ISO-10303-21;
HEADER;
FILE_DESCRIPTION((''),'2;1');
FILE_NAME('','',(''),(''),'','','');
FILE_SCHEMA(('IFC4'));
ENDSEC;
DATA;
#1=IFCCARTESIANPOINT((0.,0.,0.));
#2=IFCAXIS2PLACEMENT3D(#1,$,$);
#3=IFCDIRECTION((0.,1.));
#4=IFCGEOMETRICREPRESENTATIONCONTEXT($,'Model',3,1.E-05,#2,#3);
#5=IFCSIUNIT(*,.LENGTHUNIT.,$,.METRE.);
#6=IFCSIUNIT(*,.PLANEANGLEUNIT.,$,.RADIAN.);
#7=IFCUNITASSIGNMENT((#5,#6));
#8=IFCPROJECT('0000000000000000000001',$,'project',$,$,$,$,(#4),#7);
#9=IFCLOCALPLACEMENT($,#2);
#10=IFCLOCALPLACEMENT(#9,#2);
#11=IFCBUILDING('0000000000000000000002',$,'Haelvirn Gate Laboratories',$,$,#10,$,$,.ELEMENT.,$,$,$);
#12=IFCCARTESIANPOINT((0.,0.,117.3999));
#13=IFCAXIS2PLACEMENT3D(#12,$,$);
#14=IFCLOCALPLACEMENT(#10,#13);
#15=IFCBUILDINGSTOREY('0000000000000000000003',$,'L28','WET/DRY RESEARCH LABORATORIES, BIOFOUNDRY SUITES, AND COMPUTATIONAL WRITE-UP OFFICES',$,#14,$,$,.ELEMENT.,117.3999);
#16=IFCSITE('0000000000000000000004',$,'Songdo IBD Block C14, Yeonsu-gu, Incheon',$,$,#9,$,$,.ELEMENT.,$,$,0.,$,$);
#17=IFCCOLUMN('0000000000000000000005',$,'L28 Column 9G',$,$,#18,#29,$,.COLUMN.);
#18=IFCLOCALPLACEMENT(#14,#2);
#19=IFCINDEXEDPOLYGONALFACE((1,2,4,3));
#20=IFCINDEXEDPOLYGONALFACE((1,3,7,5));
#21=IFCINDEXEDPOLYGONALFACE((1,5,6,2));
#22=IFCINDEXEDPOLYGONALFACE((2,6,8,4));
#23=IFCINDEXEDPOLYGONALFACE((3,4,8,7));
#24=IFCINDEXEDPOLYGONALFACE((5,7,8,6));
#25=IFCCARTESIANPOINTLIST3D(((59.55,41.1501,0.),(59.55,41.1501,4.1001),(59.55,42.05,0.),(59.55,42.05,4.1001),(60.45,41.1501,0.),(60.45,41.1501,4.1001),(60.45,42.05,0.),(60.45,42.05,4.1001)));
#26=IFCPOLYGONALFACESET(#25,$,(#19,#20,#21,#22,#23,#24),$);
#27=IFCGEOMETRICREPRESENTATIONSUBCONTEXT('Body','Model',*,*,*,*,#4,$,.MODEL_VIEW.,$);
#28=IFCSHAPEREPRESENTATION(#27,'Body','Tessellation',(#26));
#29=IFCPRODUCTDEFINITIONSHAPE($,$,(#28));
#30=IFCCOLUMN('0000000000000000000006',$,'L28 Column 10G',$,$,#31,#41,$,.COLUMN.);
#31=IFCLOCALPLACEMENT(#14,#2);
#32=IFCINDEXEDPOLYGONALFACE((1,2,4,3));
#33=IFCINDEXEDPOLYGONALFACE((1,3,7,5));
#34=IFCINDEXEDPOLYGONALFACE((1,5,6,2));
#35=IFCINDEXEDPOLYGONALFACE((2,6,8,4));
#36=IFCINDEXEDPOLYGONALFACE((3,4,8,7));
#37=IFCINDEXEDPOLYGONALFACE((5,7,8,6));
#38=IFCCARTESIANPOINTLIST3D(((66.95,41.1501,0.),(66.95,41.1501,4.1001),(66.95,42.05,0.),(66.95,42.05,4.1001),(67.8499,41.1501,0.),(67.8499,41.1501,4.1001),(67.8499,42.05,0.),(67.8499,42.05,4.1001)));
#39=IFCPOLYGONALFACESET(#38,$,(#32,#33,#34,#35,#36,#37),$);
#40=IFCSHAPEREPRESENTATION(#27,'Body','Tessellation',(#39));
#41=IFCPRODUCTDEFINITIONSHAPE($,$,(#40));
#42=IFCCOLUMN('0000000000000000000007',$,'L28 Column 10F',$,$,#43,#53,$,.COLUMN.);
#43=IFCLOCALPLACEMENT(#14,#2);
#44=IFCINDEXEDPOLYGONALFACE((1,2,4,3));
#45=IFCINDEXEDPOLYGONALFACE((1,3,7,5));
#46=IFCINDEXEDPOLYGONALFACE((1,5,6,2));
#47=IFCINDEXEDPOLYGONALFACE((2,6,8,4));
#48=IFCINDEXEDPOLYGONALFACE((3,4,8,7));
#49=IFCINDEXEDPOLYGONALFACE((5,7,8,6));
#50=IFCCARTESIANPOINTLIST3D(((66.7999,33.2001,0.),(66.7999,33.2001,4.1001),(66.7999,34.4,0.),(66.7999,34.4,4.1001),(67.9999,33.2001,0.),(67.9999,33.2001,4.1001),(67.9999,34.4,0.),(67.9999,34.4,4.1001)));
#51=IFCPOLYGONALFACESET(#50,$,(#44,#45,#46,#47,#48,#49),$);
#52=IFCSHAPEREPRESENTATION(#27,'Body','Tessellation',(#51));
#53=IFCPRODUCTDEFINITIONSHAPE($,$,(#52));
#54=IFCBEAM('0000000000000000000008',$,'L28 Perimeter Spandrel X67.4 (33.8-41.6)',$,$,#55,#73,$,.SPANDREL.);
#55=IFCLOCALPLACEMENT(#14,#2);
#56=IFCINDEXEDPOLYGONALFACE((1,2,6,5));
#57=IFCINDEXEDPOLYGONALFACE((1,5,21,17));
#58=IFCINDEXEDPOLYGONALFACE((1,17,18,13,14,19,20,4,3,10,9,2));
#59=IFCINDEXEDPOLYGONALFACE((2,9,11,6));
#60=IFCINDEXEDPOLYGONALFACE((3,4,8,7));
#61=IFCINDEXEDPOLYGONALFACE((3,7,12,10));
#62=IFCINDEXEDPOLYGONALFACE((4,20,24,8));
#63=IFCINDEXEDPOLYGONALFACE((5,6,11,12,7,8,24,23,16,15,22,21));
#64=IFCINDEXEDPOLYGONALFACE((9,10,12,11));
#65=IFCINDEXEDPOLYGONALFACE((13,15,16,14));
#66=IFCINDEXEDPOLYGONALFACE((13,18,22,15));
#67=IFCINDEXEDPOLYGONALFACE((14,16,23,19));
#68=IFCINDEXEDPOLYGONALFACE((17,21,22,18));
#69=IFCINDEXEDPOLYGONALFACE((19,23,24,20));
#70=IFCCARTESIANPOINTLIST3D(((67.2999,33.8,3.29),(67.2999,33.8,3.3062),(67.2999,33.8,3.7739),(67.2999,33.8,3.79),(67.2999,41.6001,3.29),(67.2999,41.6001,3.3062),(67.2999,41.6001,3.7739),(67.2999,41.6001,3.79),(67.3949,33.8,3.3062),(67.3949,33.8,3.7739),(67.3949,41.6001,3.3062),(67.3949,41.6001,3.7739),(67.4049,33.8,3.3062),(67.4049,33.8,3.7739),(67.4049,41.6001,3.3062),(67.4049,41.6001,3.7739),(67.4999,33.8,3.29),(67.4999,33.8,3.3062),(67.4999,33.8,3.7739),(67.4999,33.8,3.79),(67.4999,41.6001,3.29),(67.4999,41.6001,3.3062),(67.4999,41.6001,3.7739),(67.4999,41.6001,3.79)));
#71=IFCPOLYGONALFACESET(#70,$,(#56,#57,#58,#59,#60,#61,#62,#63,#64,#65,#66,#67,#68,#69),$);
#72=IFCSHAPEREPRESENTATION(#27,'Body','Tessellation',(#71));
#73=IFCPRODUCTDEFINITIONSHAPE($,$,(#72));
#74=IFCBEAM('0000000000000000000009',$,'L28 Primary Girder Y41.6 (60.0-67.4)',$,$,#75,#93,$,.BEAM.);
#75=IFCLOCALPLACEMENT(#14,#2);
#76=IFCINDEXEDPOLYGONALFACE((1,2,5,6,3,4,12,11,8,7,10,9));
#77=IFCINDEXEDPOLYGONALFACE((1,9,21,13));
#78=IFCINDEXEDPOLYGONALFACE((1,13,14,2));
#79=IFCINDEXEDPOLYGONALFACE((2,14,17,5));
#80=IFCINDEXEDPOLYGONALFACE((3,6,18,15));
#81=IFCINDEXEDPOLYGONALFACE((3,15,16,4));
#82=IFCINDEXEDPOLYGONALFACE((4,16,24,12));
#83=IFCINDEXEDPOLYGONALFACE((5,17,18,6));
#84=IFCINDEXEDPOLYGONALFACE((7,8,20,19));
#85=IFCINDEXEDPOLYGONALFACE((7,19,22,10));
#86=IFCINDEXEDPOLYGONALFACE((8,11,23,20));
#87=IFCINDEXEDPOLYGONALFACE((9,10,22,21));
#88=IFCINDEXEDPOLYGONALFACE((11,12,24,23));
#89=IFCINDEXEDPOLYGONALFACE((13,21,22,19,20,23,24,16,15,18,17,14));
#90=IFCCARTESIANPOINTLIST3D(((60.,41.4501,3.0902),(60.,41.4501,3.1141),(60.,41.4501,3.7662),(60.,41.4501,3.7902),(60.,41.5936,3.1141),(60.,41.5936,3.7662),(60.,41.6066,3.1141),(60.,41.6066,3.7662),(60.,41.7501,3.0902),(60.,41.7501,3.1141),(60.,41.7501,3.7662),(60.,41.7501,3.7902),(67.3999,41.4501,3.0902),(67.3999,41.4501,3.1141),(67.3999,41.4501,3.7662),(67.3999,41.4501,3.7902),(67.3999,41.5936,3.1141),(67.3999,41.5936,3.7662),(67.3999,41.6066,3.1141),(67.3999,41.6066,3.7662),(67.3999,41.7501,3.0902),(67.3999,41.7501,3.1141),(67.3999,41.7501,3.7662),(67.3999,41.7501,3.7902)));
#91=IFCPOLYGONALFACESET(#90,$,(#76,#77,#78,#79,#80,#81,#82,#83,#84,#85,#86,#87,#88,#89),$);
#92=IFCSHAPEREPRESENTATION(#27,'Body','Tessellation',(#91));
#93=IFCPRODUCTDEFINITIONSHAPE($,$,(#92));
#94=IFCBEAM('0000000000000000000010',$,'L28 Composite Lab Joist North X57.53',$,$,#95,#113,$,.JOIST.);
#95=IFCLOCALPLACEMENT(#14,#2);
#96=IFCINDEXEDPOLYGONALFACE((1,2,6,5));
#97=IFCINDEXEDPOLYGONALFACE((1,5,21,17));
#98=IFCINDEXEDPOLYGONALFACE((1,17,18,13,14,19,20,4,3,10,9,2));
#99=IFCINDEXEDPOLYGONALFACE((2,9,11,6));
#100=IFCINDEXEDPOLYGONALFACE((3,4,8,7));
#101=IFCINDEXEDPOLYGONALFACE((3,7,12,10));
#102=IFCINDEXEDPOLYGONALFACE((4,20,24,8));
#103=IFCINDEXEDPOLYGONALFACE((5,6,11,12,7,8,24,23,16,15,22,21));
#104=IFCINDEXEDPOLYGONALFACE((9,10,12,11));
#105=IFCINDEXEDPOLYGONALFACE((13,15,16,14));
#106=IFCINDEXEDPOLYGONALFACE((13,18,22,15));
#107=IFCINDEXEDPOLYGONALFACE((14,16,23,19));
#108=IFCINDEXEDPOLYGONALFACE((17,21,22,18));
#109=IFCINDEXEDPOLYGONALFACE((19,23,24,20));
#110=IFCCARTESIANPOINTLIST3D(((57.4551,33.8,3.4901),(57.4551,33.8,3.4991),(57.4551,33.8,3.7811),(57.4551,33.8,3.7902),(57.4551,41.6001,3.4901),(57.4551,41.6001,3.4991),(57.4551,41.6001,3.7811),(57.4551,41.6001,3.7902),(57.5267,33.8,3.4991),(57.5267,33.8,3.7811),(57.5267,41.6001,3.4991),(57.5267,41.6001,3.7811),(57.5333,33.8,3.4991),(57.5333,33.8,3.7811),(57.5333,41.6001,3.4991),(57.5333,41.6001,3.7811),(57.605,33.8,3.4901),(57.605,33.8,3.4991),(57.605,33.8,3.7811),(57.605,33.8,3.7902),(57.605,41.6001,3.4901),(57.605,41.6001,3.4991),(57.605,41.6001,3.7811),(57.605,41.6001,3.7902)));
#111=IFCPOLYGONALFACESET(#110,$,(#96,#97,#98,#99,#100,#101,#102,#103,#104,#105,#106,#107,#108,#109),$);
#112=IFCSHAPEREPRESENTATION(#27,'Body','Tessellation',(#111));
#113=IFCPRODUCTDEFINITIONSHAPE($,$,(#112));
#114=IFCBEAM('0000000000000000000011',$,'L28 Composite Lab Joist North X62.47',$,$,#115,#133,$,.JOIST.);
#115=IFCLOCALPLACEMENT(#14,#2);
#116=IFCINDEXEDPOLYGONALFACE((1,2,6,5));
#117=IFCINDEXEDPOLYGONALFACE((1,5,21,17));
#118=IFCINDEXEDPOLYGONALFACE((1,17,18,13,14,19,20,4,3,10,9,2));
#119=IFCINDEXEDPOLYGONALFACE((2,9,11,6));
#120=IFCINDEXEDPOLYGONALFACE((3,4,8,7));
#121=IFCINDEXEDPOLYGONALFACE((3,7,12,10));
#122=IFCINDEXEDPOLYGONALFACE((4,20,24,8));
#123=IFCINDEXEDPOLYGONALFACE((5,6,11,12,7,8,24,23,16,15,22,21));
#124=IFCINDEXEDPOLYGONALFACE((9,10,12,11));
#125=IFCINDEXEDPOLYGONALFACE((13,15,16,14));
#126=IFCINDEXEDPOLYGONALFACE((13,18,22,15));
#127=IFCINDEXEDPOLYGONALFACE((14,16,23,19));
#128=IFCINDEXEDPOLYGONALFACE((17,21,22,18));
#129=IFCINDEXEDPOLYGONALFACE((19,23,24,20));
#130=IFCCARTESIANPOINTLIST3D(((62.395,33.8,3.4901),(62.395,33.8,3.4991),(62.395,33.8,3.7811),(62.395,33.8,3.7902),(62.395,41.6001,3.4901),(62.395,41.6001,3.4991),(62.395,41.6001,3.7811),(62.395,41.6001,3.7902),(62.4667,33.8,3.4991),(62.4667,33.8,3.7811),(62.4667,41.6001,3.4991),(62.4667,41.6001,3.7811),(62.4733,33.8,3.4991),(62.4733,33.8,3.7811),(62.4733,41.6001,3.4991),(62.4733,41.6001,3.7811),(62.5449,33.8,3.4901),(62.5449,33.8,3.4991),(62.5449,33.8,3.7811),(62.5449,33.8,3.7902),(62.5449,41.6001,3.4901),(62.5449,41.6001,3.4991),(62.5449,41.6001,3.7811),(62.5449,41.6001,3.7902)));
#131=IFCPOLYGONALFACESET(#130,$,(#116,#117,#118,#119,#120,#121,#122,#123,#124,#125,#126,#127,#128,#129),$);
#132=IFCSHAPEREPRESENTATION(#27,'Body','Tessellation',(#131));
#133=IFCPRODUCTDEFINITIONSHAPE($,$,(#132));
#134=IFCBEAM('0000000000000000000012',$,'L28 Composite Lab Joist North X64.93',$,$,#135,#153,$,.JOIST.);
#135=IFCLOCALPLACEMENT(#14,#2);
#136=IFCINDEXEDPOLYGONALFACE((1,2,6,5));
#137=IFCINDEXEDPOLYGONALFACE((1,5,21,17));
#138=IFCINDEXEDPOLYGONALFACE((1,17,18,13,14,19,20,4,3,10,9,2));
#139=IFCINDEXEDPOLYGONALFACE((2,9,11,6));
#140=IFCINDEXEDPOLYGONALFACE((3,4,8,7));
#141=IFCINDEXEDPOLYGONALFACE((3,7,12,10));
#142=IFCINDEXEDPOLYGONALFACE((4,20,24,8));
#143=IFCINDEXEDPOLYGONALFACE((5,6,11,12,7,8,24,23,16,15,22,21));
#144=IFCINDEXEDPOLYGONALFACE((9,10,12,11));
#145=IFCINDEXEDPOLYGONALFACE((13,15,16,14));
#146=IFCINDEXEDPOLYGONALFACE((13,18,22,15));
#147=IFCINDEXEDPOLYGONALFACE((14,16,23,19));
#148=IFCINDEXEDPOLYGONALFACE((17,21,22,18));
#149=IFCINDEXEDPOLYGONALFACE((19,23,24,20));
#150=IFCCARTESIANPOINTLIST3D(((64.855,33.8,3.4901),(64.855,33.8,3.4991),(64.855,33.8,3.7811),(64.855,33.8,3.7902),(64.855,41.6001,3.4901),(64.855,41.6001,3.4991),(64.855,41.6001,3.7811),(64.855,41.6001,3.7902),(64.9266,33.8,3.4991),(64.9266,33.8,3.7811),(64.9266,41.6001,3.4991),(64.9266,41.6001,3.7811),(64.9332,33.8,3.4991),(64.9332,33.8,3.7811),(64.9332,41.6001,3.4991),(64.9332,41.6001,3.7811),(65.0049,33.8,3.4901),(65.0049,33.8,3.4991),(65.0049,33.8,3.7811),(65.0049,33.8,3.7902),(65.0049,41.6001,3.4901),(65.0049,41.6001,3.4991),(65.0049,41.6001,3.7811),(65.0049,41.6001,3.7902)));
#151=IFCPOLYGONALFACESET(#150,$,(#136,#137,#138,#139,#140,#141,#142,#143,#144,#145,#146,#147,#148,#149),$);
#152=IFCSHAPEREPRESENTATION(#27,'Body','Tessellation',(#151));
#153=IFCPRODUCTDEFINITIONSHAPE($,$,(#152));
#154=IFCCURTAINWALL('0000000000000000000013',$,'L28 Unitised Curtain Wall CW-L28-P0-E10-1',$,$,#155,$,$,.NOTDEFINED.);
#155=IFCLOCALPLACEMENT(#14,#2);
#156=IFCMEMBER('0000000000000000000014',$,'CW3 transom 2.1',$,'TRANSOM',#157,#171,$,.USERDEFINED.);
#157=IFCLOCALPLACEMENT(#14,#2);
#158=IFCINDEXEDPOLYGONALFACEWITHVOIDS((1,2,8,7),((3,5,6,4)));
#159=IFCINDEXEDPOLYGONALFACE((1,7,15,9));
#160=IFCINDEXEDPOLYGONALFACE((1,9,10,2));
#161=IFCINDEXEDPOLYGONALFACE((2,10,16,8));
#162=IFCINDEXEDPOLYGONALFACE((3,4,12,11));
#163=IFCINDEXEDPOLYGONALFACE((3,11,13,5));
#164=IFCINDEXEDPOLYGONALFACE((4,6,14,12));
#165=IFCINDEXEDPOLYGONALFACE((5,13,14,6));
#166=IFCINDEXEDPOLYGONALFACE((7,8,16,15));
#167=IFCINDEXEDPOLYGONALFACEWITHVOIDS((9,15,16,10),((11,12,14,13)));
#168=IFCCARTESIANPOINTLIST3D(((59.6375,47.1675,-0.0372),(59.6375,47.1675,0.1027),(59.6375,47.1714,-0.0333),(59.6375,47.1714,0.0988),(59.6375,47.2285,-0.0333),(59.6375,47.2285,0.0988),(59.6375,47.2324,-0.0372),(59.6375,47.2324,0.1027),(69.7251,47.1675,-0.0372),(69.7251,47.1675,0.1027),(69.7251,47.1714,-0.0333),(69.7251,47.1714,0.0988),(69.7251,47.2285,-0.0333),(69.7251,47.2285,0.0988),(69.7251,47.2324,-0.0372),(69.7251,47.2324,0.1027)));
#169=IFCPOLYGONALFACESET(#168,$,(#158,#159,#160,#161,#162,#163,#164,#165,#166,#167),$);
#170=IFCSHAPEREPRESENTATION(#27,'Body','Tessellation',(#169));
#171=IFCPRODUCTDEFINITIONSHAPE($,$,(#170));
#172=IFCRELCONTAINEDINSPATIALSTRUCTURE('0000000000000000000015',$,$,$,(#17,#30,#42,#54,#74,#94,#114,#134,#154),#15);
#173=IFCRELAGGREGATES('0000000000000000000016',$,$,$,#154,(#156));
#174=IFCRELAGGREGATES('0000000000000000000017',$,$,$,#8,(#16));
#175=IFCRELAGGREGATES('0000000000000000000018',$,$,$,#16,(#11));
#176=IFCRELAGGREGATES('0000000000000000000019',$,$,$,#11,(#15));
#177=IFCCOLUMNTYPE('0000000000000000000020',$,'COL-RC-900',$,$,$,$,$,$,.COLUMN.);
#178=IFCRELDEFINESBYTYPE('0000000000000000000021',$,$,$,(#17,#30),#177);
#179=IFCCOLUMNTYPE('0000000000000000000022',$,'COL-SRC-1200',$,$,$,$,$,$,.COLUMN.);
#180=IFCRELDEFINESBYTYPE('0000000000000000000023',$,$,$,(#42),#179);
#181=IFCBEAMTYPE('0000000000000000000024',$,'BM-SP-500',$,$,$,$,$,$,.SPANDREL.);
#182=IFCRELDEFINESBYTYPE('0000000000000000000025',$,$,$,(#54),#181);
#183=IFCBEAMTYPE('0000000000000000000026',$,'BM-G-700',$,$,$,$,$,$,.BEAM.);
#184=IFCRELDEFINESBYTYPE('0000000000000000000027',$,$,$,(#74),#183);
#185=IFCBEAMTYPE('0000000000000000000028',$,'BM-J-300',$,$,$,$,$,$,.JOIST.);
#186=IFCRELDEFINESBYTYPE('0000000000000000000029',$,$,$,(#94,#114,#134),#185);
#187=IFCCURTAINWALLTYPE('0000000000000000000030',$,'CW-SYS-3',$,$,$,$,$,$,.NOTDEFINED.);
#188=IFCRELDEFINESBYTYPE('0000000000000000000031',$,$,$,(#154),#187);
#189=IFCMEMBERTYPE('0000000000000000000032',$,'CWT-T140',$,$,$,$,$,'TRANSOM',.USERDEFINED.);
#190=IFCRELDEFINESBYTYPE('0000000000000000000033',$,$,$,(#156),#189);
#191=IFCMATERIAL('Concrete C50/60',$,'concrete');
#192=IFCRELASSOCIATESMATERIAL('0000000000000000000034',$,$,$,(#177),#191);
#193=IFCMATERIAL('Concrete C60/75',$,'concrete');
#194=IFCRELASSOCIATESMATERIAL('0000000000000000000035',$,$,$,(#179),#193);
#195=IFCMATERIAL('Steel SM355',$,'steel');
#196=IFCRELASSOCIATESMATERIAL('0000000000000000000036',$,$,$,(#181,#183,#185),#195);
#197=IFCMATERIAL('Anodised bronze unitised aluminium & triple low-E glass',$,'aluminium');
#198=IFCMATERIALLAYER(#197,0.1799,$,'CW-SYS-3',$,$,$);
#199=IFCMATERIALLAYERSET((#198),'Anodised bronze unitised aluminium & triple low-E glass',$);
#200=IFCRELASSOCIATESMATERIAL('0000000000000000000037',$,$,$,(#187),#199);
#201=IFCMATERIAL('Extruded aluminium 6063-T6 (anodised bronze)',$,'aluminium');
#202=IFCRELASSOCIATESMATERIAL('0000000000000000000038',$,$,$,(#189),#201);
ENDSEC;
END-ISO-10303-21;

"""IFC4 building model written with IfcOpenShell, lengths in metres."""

from ifc_helpers import new_model, si_unit, direction, frame, origin, origin_2d, place, context, subcontext, project, spatial, rectangle, hollow_rectangle, i_section, extrude, source, transform, mapped, material, layer, layer_set, material_profile, profile_set, type_object, type_shapes, element, aggregate, save


model = new_model("IFC4")

# Units and contexts
model_context = context("Model", 3, precision=1e-05, world=origin(), true_north=direction((0.0, 1.0)))
body_context = subcontext(model_context, "Body", "Model", "MODEL_VIEW")
ifc_project = project(units=[si_unit("LENGTHUNIT", "METRE"), si_unit("PLANEANGLEUNIT", "RADIAN")], contexts=[model_context])

# Site, building, storey
site_placement = place(None, origin())
site = spatial("IfcSite", under=ifc_project, at=site_placement, Name="Songdo IBD Block C14, Yeonsu-gu, Incheon", CompositionType="ELEMENT", RefElevation=0.0)
building_placement = place(site_placement, origin())
building = spatial("IfcBuilding", under=site, at=building_placement, Name="Haelvirn Gate Laboratories", CompositionType="ELEMENT")
storey_placement = place(building_placement, frame((0.0, 0.0, 117.3999)))
storey = spatial("IfcBuildingStorey", under=building, at=storey_placement, Name="L28", Description="WET/DRY RESEARCH LABORATORIES, BIOFOUNDRY SUITES, AND COMPUTATIONAL WRITE-UP OFFICES", CompositionType="ELEMENT", Elevation=117.3999)

# Columns
ifc_material_1 = material(Name="Concrete C50/60", Category="concrete")
ifc_material_profile_1 = material_profile(ifc_material_1, rectangle(XDim=0.8999, YDim=0.8999, at=origin_2d()), Name="RC-900x900")
ifc_profile_set_1 = profile_set([ifc_material_profile_1], Name="Concrete C50/60")
column_type_1 = type_object("IfcColumnType", Name="COL-RC-900", PredefinedType="COLUMN", material=ifc_profile_set_1)
shared_shape_1 = source(origin(), body_context, "Body", "SweptSolid", [
    extrude(rectangle(XDim=0.8999, YDim=0.8999, at=origin_2d()), origin(), (0.0, 0.0, 1.0), 4.1001),
])
type_shapes(column_type_1, [shared_shape_1])
for number, where, z_axis, x_axis, name in (
    (1, (60.0, 41.6001, 0.0), (0.0, 0.0, 1.0), (1.0, 0.0, 0.0), "L28 Column 9G"),
    (2, (67.3999, 41.6001, 0.0), (0.0, 0.0, 1.0), (1.0, 0.0, 0.0), "L28 Column 10G"),
):
    element("IfcColumn", number, at=place(storey_placement, frame(where, z_axis=z_axis, x_axis=x_axis)), inside=storey, type_object=column_type_1, Name=name, PredefinedType="COLUMN", context=body_context, shape_type="MappedRepresentation", body=[
        mapped(shared_shape_1, transform((0.0, 0.0, 0.0), scale=1.0)),
    ])
ifc_material_2 = material(Name="Concrete C60/75", Category="concrete")
ifc_material_profile_2 = material_profile(ifc_material_2, rectangle(XDim=1.2, YDim=1.2, at=origin_2d()), Name="SRC-1200x1200")
ifc_profile_set_2 = profile_set([ifc_material_profile_2], Name="Concrete C60/75")
column_type_2 = type_object("IfcColumnType", Name="COL-SRC-1200", PredefinedType="COLUMN", material=ifc_profile_set_2)
shared_shape_2 = source(origin(), body_context, "Body", "SweptSolid", [
    extrude(rectangle(XDim=1.2, YDim=1.2, at=origin_2d()), origin(), (0.0, 0.0, 1.0), 4.1001),
])
type_shapes(column_type_2, [shared_shape_2])
column_placement = place(storey_placement, frame((67.3999, 33.8, 0.0), z_axis=(0.0, 0.0, 1.0), x_axis=(1.0, 0.0, 0.0)))
element("IfcColumn", 3, at=column_placement, inside=storey, type_object=column_type_2, Name="L28 Column 10F", PredefinedType="COLUMN", context=body_context, shape_type="MappedRepresentation", body=[
    mapped(shared_shape_2, transform((0.0, 0.0, 0.0), scale=1.0)),
])

# Beams
ifc_material_3 = material(Name="Steel SM355", Category="steel")
ifc_material_profile_3 = material_profile(ifc_material_3, i_section(OverallWidth=0.2, OverallDepth=0.5, WebThickness=0.01, FlangeThickness=0.0161, at=origin_2d()), Name="H-500x200x10x16")
ifc_profile_set_3 = profile_set([ifc_material_profile_3], Name="Steel SM355")
beam_type_1 = type_object("IfcBeamType", Name="BM-SP-500", PredefinedType="SPANDREL", material=ifc_profile_set_3)
shared_shape_3 = source(origin(), body_context, "Body", "SweptSolid", [
    extrude(i_section(OverallWidth=0.2, OverallDepth=0.5, WebThickness=0.01, FlangeThickness=0.0161, at=origin_2d()), origin(), (0.0, 0.0, 1.0), 7.8),
])
type_shapes(beam_type_1, [shared_shape_3])
beam_1_placement = place(storey_placement, frame((67.3999, 33.8, 3.54), z_axis=(0.0, 1.0, 0.0), x_axis=(-1.0, 0.0, 0.0)))
element("IfcBeam", 4, at=beam_1_placement, inside=storey, type_object=beam_type_1, Name="L28 Perimeter Spandrel X67.4 (33.8-41.6)", PredefinedType="SPANDREL", context=body_context, shape_type="MappedRepresentation", body=[
    mapped(shared_shape_3, transform((0.0, 0.0, 0.0), scale=1.0)),
])
ifc_material_profile_4 = material_profile(ifc_material_3, i_section(OverallWidth=0.3, OverallDepth=0.7, WebThickness=0.0129, FlangeThickness=0.0239, at=origin_2d()), Name="H-700x300x13x24")
ifc_profile_set_4 = profile_set([ifc_material_profile_4], Name="Steel SM355")
beam_type_2 = type_object("IfcBeamType", Name="BM-G-700", PredefinedType="BEAM", material=ifc_profile_set_4)
shared_shape_4 = source(origin(), body_context, "Body", "SweptSolid", [
    extrude(i_section(OverallWidth=0.3, OverallDepth=0.7, WebThickness=0.0129, FlangeThickness=0.0239, at=origin_2d()), origin(), (0.0, 0.0, 1.0), 7.3999),
])
type_shapes(beam_type_2, [shared_shape_4])
beam_2_placement = place(storey_placement, frame((60.0, 41.6001, 3.4402), z_axis=(1.0, 0.0, 0.0), x_axis=(0.0, 1.0, 0.0)))
element("IfcBeam", 5, at=beam_2_placement, inside=storey, type_object=beam_type_2, Name="L28 Primary Girder Y41.6 (60.0-67.4)", PredefinedType="BEAM", context=body_context, shape_type="MappedRepresentation", body=[
    mapped(shared_shape_4, transform((0.0, 0.0, 0.0), scale=1.0)),
])
ifc_material_profile_5 = material_profile(ifc_material_3, i_section(OverallWidth=0.1499, OverallDepth=0.3, WebThickness=0.0066, FlangeThickness=0.009, at=origin_2d()), Name="H-300x150x6.5x9")
ifc_profile_set_5 = profile_set([ifc_material_profile_5], Name="Steel SM355")
beam_type_3 = type_object("IfcBeamType", Name="BM-J-300", PredefinedType="JOIST", material=ifc_profile_set_5)
shared_shape_5 = source(origin(), body_context, "Body", "SweptSolid", [
    extrude(i_section(OverallWidth=0.1499, OverallDepth=0.3, WebThickness=0.0066, FlangeThickness=0.009, at=origin_2d()), origin(), (0.0, 0.0, 1.0), 7.8),
])
type_shapes(beam_type_3, [shared_shape_5])
for number, where, z_axis, x_axis, name in (
    (6, (57.53, 33.8, 3.6401), (0.0, 1.0, 0.0), (-1.0, 0.0, 0.0), "L28 Composite Lab Joist North X57.53"),
    (7, (62.47, 33.8, 3.6401), (0.0, 1.0, 0.0), (-1.0, 0.0, 0.0), "L28 Composite Lab Joist North X62.47"),
    (8, (64.9299, 33.8, 3.6401), (0.0, 1.0, 0.0), (-1.0, 0.0, 0.0), "L28 Composite Lab Joist North X64.93"),
):
    element("IfcBeam", number, at=place(storey_placement, frame(where, z_axis=z_axis, x_axis=x_axis)), inside=storey, type_object=beam_type_3, Name=name, PredefinedType="JOIST", context=body_context, shape_type="MappedRepresentation", body=[
        mapped(shared_shape_5, transform((0.0, 0.0, 0.0), scale=1.0)),
    ])

# Curtain wall, member
ifc_material_4 = material(Name="Anodised bronze unitised aluminium & triple low-E glass", Category="aluminium")
ifc_layer_1 = layer(ifc_material_4, 0.1799, Name="CW-SYS-3")
ifc_layer_set_1 = layer_set([ifc_layer_1], Name="Anodised bronze unitised aluminium & triple low-E glass")
curtain_wall_type_1 = type_object("IfcCurtainWallType", Name="CW-SYS-3", PredefinedType="NOTDEFINED", material=ifc_layer_set_1)
curtain_wall_1_placement = place(storey_placement, origin())
curtain_wall_1 = element("IfcCurtainWall", 9, at=curtain_wall_1_placement, inside=storey, type_object=curtain_wall_type_1, Name="L28 Unitised Curtain Wall CW-L28-P0-E10-1", PredefinedType="NOTDEFINED")
ifc_material_5 = material(Name="Extruded aluminium 6063-T6 (anodised bronze)", Category="aluminium")
ifc_material_profile_6 = material_profile(ifc_material_5, hollow_rectangle(XDim=0.0649, YDim=0.1399, WallThickness=0.0039, at=origin_2d()), Name="CWT-140x65x4")
ifc_profile_set_6 = profile_set([ifc_material_profile_6], Name="Extruded aluminium 6063-T6 (anodised bronze)")
member_type_1 = type_object("IfcMemberType", Name="CWT-T140", ElementType="TRANSOM", PredefinedType="USERDEFINED", material=ifc_profile_set_6)
shared_shape_6 = source(origin(), body_context, "Body", "SweptSolid", [
    extrude(hollow_rectangle(XDim=0.0649, YDim=0.1399, WallThickness=0.0039, at=origin_2d()), origin(), (0.0, 0.0, 1.0), 10.0876),
])
member_1_placement = place(storey_placement, frame((59.6375, 47.2, 0.0327), z_axis=(1.0, 0.0, 0.0), x_axis=(0.0, 1.0, 0.0)))
member_1 = element("IfcMember", 10, at=member_1_placement, type_object=member_type_1, Name="CW3 transom 2.1", ObjectType="TRANSOM", PredefinedType="USERDEFINED", context=body_context, shape_type="MappedRepresentation", body=[
    mapped(shared_shape_6, transform((0.0, 0.0, 0.0), scale=1.0)),
])

aggregate(curtain_wall_1, [member_1])

save(model, "model.ifc")
